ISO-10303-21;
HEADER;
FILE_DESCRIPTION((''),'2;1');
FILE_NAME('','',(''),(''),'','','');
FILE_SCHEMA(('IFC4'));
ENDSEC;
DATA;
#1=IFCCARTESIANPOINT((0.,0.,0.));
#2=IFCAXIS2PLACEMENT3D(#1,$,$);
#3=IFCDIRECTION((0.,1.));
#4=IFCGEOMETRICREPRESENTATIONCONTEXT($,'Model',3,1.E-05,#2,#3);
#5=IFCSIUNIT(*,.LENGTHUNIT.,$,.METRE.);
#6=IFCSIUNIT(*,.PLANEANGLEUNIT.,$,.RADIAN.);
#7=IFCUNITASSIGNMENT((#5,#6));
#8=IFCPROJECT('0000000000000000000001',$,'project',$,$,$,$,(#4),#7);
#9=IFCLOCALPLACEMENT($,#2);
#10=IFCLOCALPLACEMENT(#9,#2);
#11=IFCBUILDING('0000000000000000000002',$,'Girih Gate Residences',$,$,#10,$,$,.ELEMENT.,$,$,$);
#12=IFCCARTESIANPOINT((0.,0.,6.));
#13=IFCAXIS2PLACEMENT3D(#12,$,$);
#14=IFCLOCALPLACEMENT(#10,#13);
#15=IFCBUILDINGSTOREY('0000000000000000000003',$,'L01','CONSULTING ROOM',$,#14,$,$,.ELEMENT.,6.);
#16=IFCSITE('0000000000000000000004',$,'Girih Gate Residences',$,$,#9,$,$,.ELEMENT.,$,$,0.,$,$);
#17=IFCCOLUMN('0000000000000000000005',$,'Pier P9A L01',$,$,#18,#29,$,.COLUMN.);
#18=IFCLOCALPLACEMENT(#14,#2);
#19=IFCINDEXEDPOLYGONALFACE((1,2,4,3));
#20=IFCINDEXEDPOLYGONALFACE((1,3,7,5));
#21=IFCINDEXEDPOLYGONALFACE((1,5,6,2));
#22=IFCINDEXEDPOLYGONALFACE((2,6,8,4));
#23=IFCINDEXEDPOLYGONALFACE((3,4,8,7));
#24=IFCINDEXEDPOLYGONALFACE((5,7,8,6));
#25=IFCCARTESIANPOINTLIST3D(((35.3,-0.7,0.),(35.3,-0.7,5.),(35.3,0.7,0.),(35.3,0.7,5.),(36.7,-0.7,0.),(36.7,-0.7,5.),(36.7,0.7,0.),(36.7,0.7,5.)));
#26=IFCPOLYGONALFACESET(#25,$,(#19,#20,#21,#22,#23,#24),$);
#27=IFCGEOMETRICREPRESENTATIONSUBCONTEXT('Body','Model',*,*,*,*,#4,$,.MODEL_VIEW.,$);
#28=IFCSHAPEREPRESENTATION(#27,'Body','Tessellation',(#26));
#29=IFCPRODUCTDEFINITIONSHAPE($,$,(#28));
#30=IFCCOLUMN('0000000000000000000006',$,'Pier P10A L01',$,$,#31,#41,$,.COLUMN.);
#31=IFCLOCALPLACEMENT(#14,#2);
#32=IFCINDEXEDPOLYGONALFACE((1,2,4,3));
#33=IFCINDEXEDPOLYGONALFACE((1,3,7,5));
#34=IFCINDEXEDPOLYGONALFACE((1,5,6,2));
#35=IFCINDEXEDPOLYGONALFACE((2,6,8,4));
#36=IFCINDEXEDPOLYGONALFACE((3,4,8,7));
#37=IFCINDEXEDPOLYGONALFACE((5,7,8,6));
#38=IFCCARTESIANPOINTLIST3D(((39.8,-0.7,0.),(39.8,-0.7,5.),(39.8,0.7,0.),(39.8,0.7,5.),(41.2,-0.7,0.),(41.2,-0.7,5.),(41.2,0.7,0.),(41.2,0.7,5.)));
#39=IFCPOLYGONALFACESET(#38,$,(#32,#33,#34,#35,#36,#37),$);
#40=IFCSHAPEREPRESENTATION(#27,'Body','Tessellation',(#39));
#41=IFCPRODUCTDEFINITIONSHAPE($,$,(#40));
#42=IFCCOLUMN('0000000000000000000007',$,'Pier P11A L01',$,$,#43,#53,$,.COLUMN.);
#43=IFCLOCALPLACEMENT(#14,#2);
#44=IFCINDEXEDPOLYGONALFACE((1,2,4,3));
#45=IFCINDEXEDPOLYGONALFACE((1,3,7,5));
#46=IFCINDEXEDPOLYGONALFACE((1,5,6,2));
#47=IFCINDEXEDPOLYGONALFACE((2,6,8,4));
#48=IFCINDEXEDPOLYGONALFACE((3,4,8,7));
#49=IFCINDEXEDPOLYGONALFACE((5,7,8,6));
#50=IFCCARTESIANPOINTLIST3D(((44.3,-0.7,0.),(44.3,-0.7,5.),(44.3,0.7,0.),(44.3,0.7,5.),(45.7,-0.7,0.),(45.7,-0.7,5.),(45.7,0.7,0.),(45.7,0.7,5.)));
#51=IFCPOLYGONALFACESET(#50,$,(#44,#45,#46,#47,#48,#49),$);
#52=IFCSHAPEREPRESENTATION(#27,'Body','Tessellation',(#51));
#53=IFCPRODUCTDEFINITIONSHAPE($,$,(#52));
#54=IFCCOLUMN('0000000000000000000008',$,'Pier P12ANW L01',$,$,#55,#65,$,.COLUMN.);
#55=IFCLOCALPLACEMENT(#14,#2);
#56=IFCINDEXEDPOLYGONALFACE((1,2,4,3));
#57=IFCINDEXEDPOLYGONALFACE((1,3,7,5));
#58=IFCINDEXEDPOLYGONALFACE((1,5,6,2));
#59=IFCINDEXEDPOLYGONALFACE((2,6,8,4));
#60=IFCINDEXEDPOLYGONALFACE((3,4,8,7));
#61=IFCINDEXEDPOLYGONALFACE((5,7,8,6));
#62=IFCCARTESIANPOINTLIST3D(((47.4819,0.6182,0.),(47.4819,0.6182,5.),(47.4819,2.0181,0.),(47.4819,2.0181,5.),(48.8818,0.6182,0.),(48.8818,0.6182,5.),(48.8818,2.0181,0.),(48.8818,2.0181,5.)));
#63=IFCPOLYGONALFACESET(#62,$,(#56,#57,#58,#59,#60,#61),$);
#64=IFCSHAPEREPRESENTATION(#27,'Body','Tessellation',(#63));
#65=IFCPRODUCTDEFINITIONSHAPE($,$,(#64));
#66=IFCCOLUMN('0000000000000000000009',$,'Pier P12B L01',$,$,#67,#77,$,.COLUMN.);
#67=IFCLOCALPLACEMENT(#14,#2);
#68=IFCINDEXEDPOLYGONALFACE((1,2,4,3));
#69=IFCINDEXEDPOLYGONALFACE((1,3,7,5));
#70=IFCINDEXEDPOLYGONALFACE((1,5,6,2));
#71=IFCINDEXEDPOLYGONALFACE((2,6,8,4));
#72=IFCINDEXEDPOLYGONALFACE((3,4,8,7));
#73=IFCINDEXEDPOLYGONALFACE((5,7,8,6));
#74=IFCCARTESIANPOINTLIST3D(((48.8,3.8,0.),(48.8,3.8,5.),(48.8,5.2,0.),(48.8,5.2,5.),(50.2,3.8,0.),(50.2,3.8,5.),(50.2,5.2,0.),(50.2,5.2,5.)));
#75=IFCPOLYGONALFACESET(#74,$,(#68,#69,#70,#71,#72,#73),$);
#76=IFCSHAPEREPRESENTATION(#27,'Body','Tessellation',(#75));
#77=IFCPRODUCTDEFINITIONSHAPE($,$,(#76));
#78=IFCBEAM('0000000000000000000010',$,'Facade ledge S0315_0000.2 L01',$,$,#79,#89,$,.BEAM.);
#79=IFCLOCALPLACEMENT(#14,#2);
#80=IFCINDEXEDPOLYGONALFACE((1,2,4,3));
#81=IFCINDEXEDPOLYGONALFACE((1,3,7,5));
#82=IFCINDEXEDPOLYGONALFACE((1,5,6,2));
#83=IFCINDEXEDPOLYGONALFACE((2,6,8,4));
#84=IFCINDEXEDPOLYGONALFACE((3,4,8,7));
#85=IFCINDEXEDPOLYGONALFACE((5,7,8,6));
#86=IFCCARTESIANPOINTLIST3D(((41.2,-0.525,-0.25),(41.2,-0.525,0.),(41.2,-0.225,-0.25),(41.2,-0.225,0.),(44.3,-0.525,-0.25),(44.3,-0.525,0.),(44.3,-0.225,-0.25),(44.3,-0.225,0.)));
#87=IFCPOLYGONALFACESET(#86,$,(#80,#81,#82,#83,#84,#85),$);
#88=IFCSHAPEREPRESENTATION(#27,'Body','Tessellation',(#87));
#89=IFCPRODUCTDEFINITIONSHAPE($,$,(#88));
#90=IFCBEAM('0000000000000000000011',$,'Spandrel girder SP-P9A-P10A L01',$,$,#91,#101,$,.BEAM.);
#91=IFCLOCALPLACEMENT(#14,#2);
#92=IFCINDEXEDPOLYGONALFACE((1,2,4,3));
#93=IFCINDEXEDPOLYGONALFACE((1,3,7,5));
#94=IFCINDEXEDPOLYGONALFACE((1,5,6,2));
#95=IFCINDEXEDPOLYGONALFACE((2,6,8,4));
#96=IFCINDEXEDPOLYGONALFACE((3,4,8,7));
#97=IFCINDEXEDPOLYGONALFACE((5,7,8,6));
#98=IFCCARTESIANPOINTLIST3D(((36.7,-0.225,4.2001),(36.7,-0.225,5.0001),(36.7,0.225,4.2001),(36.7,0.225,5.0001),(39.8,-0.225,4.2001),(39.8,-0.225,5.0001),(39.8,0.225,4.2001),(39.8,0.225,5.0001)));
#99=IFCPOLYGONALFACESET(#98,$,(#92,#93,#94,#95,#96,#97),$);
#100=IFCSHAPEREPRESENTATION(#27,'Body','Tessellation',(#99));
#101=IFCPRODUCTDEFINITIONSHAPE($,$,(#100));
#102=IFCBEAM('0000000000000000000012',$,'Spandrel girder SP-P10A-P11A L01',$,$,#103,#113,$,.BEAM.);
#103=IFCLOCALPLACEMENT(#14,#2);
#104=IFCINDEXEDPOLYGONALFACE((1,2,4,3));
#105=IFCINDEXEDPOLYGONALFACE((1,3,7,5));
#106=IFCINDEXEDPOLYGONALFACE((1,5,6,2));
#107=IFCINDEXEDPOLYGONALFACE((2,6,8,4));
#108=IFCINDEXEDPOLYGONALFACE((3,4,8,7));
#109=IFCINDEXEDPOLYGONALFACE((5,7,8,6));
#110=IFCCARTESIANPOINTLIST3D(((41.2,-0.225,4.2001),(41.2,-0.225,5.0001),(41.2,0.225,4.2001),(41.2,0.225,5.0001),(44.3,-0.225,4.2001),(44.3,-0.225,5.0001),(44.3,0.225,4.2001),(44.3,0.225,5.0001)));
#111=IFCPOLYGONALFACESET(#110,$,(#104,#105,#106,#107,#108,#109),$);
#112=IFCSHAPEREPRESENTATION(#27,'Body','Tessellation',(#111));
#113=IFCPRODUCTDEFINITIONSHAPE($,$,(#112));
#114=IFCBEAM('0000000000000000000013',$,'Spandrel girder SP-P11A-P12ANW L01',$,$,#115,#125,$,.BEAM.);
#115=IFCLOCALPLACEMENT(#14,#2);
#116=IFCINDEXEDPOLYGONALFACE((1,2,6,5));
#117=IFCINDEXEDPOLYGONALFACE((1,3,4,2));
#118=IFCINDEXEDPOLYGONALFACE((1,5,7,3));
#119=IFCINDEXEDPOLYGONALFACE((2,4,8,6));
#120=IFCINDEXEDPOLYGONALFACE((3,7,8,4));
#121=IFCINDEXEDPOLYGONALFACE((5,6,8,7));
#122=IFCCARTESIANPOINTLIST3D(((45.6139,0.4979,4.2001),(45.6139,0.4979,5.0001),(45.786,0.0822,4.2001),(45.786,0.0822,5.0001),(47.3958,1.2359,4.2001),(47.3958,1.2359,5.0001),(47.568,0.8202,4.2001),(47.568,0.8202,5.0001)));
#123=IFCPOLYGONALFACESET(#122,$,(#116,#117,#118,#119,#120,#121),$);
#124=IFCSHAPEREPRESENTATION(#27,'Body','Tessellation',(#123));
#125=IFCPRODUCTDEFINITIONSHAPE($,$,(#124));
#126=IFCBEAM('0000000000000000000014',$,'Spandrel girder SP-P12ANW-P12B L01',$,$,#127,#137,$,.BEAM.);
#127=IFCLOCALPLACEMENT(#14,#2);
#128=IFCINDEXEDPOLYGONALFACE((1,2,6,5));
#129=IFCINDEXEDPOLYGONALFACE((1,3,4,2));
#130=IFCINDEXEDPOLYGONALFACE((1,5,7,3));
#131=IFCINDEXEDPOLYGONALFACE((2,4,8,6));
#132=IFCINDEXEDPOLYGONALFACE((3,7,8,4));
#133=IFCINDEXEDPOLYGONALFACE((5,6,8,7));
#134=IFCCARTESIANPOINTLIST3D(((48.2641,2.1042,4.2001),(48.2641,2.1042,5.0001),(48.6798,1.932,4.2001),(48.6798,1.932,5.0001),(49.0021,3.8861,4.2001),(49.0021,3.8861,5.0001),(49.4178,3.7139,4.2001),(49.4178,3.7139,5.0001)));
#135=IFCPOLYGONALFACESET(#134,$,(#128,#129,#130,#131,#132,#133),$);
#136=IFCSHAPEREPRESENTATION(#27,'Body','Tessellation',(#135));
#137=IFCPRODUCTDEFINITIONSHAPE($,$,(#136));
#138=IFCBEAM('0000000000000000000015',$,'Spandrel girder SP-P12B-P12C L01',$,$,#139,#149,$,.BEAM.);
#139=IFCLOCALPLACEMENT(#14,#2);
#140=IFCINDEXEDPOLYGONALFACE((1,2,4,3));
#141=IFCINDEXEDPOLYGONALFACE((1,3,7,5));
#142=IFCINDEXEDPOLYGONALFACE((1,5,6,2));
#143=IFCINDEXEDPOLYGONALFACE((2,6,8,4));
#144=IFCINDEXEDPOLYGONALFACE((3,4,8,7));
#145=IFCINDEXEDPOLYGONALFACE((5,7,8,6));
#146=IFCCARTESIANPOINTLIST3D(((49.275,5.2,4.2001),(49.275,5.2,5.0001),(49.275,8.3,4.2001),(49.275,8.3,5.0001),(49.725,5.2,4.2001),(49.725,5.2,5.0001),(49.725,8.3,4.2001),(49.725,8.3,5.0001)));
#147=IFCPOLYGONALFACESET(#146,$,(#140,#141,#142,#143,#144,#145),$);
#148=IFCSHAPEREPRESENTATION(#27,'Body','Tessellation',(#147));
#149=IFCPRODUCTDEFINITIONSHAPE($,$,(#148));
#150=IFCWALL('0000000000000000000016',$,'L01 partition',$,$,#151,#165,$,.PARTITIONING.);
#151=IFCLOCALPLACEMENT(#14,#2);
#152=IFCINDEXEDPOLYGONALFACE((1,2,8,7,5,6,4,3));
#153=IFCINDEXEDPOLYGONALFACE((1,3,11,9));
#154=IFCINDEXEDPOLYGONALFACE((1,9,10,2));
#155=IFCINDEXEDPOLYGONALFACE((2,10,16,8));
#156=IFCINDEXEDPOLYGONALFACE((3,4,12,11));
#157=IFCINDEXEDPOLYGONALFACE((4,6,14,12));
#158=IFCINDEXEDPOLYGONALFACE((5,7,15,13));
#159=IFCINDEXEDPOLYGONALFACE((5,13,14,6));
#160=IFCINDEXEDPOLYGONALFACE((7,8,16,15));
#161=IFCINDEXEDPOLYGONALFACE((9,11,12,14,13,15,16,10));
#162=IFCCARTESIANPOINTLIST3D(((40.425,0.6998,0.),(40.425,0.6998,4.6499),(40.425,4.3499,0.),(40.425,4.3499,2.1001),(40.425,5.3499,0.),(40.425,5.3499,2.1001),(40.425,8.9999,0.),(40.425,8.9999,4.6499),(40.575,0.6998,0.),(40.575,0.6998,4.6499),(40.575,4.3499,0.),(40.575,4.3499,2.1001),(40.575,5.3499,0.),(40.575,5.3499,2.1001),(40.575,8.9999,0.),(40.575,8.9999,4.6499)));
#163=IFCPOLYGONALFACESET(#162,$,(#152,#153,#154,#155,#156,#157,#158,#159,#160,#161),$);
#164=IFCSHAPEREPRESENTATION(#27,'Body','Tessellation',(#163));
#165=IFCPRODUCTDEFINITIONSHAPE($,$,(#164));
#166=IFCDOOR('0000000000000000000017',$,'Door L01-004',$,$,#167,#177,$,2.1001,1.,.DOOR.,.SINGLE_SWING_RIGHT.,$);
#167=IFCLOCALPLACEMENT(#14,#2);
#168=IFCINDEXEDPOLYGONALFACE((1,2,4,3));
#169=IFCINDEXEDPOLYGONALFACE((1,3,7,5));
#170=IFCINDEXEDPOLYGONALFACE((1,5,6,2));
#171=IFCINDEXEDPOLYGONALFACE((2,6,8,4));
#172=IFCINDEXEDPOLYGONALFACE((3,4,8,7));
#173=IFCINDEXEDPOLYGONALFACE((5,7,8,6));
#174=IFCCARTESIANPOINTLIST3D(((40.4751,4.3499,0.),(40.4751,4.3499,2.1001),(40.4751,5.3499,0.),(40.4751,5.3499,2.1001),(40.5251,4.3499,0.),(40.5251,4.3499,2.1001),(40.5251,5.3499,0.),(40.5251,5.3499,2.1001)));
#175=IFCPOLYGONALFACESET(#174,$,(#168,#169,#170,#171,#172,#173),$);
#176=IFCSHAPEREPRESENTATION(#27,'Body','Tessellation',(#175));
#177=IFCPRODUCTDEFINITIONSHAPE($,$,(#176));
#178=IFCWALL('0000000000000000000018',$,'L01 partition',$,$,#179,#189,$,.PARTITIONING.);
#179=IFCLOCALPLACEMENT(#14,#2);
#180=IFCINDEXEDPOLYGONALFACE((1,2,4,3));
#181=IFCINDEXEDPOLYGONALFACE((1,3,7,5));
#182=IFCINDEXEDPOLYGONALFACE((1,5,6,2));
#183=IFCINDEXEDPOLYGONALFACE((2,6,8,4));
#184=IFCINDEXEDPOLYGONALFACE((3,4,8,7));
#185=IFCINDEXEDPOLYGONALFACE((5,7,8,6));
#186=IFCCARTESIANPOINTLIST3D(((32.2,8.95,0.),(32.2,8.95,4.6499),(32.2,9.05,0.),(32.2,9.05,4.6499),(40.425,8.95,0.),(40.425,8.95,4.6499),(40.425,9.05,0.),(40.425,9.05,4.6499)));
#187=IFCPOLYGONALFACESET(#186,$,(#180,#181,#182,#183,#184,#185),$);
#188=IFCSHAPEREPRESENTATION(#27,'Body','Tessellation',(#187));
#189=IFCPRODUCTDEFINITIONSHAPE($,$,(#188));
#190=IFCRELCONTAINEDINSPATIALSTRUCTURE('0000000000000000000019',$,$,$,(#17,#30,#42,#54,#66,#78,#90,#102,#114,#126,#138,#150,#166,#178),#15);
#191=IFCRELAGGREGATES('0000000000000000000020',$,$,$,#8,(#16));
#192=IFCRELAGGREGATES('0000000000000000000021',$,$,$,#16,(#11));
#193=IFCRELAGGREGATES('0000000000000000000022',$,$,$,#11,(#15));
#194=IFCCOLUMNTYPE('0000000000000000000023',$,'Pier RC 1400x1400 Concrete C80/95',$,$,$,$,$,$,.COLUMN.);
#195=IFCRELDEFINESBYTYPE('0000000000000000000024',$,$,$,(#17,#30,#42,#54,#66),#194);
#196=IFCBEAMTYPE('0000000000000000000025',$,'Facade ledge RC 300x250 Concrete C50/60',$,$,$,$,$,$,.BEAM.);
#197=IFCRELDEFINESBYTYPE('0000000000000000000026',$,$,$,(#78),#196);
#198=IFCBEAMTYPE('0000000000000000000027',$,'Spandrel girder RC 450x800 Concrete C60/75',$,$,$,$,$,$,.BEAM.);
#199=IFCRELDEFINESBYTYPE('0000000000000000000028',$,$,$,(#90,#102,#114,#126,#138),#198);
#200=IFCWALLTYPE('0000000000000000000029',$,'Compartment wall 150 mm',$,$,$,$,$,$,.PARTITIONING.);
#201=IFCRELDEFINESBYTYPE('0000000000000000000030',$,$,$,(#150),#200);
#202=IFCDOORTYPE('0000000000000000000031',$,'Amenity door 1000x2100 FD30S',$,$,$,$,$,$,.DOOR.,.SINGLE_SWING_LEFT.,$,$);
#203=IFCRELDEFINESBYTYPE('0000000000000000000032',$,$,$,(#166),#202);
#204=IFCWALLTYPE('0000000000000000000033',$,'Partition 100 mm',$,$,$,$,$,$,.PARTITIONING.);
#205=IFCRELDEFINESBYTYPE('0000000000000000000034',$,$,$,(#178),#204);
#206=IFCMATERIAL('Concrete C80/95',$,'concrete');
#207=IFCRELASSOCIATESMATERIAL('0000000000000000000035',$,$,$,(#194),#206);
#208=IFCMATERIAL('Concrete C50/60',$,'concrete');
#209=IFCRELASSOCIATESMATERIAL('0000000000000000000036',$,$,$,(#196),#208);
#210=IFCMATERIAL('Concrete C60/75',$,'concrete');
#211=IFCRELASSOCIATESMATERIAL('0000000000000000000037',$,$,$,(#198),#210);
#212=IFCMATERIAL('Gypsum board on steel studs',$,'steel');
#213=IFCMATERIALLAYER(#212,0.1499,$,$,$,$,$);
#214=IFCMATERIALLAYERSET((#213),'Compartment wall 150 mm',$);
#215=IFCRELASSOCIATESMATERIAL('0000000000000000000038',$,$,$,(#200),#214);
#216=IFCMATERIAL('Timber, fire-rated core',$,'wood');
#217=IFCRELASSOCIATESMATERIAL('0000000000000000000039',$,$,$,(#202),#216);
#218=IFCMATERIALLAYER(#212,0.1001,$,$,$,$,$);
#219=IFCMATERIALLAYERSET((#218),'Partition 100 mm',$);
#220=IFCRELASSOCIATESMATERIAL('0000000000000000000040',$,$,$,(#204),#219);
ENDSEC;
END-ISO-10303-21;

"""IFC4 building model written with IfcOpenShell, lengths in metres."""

from ifc_helpers import new_model, si_unit, direction, frame, frame_2d, origin, origin_2d, place, context, subcontext, project, spatial, rectangle, extrude, material, layer, layer_set, material_profile, profile_set, type_object, element, fill, save


model = new_model("IFC4")

# Units and contexts
model_context = context("Model", 3, precision=1e-05, world=origin(), true_north=direction((0.0, 1.0)))
body_context = subcontext(model_context, "Body", "Model", "MODEL_VIEW")
ifc_project = project(units=[si_unit("LENGTHUNIT", "METRE"), si_unit("PLANEANGLEUNIT", "RADIAN")], contexts=[model_context])

# Site, building, storey
site_placement = place(None, origin())
site = spatial("IfcSite", under=ifc_project, at=site_placement, Name="Girih Gate Residences", CompositionType="ELEMENT", RefElevation=0.0)
building_placement = place(site_placement, origin())
building = spatial("IfcBuilding", under=site, at=building_placement, Name="Girih Gate Residences", CompositionType="ELEMENT")
storey_placement = place(building_placement, frame((0.0, 0.0, 6.0)))
storey = spatial("IfcBuildingStorey", under=building, at=storey_placement, Name="L01", Description="CONSULTING ROOM", CompositionType="ELEMENT", Elevation=6.0)

# Columns
ifc_material_1 = material(Name="Concrete C80/95", Category="concrete")
ifc_material_profile_1 = material_profile(ifc_material_1, rectangle(XDim=1.3999, YDim=1.3999, at=origin_2d()))
ifc_profile_set_1 = profile_set([ifc_material_profile_1], Name="Concrete C80/95")
column_type = type_object("IfcColumnType", Name="Pier RC 1400x1400 Concrete C80/95", PredefinedType="COLUMN", material=ifc_profile_set_1)
for number, where, z_axis, x_axis, name in (
    (1, (36.0, 0.0, 0.0), (0.0, 0.0, 1.0), (1.0, 0.0, 0.0), "Pier P9A L01"),
    (2, (40.5, 0.0, 0.0), (0.0, 0.0, 1.0), (1.0, 0.0, 0.0), "Pier P10A L01"),
    (3, (45.0, 0.0, 0.0), (0.0, 0.0, 1.0), (1.0, 0.0, 0.0), "Pier P11A L01"),
    (4, (48.1819, 1.3181, 0.0), (0.0, 0.0, 1.0), (1.0, 0.0, 0.0), "Pier P12ANW L01"),
    (5, (49.5, 4.5, 0.0), (0.0, 0.0, 1.0), (1.0, 0.0, 0.0), "Pier P12B L01"),
):
    element("IfcColumn", number, at=place(storey_placement, frame(where, z_axis=z_axis, x_axis=x_axis)), inside=storey, type_object=column_type, Name=name, PredefinedType="COLUMN", context=body_context, shape_type="SweptSolid", body=[
        extrude(rectangle(XDim=1.3999, YDim=1.3999, at=origin_2d()), origin(), (0.0, 0.0, 1.0), 5.0),
    ])

# Beams
ifc_material_2 = material(Name="Concrete C50/60", Category="concrete")
ifc_material_profile_2 = material_profile(ifc_material_2, rectangle(XDim=0.3, YDim=0.25, at=origin_2d()))
ifc_profile_set_2 = profile_set([ifc_material_profile_2], Name="Concrete C50/60")
beam_type_1 = type_object("IfcBeamType", Name="Facade ledge RC 300x250 Concrete C50/60", PredefinedType="BEAM", material=ifc_profile_set_2)
beam_1_placement = place(storey_placement, frame((41.2, -0.375, -0.125), z_axis=(1.0, 0.0, 0.0), x_axis=(0.0, 1.0, 0.0)))
element("IfcBeam", 6, at=beam_1_placement, inside=storey, type_object=beam_type_1, Name="Facade ledge S0315_0000.2 L01", PredefinedType="BEAM", context=body_context, shape_type="SweptSolid", body=[
    extrude(rectangle(XDim=0.3, YDim=0.25, at=origin_2d()), origin(), (0.0, 0.0, 1.0), 3.1001),
])
ifc_material_3 = material(Name="Concrete C60/75", Category="concrete")
ifc_material_profile_3 = material_profile(ifc_material_3, rectangle(XDim=0.45, YDim=0.8, at=origin_2d()))
ifc_profile_set_3 = profile_set([ifc_material_profile_3], Name="Concrete C60/75")
beam_type_2 = type_object("IfcBeamType", Name="Spandrel girder RC 450x800 Concrete C60/75", PredefinedType="BEAM", material=ifc_profile_set_3)
for number, where, z_axis, x_axis, name in (
    (7, (36.7, 0.0, 4.6001), (1.0, 0.0, 0.0), (0.0, 1.0, 0.0), "Spandrel girder SP-P9A-P10A L01"),
    (8, (41.2, 0.0, 4.6001), (1.0, 0.0, 0.0), (0.0, 1.0, 0.0), "Spandrel girder SP-P10A-P11A L01"),
):
    element("IfcBeam", number, at=place(storey_placement, frame(where, z_axis=z_axis, x_axis=x_axis)), inside=storey, type_object=beam_type_2, Name=name, PredefinedType="BEAM", context=body_context, shape_type="SweptSolid", body=[
        extrude(rectangle(XDim=0.45, YDim=0.8, at=origin_2d()), origin(), (0.0, 0.0, 1.0), 3.1001),
    ])
for number, where, z_axis, x_axis, name in (
    (9, (45.7, 0.29, 4.6001), (0.923895, 0.382646, 0.0), (-0.382646, 0.923895, 0.0), "Spandrel girder SP-P11A-P12ANW L01"),
    (10, (48.4719, 2.0181, 4.6001), (0.382646, 0.923895, 0.0), (-0.923895, 0.382646, 0.0), "Spandrel girder SP-P12ANW-P12B L01"),
):
    element("IfcBeam", number, at=place(storey_placement, frame(where, z_axis=z_axis, x_axis=x_axis)), inside=storey, type_object=beam_type_2, Name=name, PredefinedType="BEAM", context=body_context, shape_type="SweptSolid", body=[
        extrude(rectangle(XDim=0.45, YDim=0.8, at=origin_2d()), origin(), (0.0, 0.0, 1.0), 1.9287),
    ])
beam_2_placement = place(storey_placement, frame((49.5, 5.2, 4.6001), z_axis=(0.0, 1.0, 0.0), x_axis=(-1.0, 0.0, 0.0)))
element("IfcBeam", 11, at=beam_2_placement, inside=storey, type_object=beam_type_2, Name="Spandrel girder SP-P12B-P12C L01", PredefinedType="BEAM", context=body_context, shape_type="SweptSolid", body=[
    extrude(rectangle(XDim=0.45, YDim=0.8, at=origin_2d()), origin(), (0.0, 0.0, 1.0), 3.1001),
])

# Wall, opening, door
ifc_material_4 = material(Name="Gypsum board on steel studs", Category="steel")
ifc_layer_1 = layer(ifc_material_4, 0.1499)
ifc_layer_set_1 = layer_set([ifc_layer_1], Name="Compartment wall 150 mm")
wall_type_1 = type_object("IfcWallType", Name="Compartment wall 150 mm", PredefinedType="PARTITIONING", material=ifc_layer_set_1)
wall_1_placement = place(storey_placement, frame((40.5, 0.7, 0.0), z_axis=(0.0, 0.0, 1.0), x_axis=(0.0, 1.0, 0.0)))
wall_1 = element("IfcWall", 12, at=wall_1_placement, inside=storey, type_object=wall_type_1, Name="L01 partition", PredefinedType="PARTITIONING", context=body_context, shape_type="SweptSolid", body=[
    extrude(rectangle(XDim=8.3, YDim=0.1499, at=frame_2d((4.1499, 0.0))), origin(), (0.0, 0.0, 1.0), 4.6499),
])
opening_1_placement = place(wall_1_placement, frame((3.6499, 0.0, 0.0)))
opening_1 = element("IfcOpeningElement", 13, at=opening_1_placement, cuts=wall_1, PredefinedType="OPENING", context=body_context, shape_type="SweptSolid", body=[
    extrude(rectangle(XDim=1.0, YDim=2.1001, at=frame_2d((0.5, 1.05))), frame((0.0, 0.085, 0.0), z_axis=(0.0, -1.0, 0.0), x_axis=(1.0, 0.0, 0.0)), (0.0, 0.0, 1.0), 0.1699),
])
ifc_material_5 = material(Name="Timber, fire-rated core", Category="wood")
door_type = type_object("IfcDoorType", Name="Amenity door 1000x2100 FD30S", OperationType="SINGLE_SWING_LEFT", PredefinedType="DOOR", material=ifc_material_5)
door_placement = place(opening_1_placement, origin())
door = element("IfcDoor", 14, at=door_placement, inside=storey, type_object=door_type, Name="Door L01-004", OperationType="SINGLE_SWING_RIGHT", OverallHeight=2.1001, OverallWidth=1.0, PredefinedType="DOOR", context=body_context, shape_type="SweptSolid", body=[
    extrude(rectangle(XDim=1.0, YDim=2.1001, at=frame_2d((0.5, 1.05))), frame((0.0, 0.0249, 0.0), z_axis=(0.0, -1.0, 0.0), x_axis=(1.0, 0.0, 0.0)), (0.0, 0.0, 1.0), 0.05),
])
fill(opening_1, door)

# Wall
ifc_layer_2 = layer(ifc_material_4, 0.1001)
ifc_layer_set_2 = layer_set([ifc_layer_2], Name="Partition 100 mm")
wall_type_2 = type_object("IfcWallType", Name="Partition 100 mm", PredefinedType="PARTITIONING", material=ifc_layer_set_2)
wall_2_placement = place(storey_placement, frame((32.2, 9.0, 0.0), z_axis=(0.0, 0.0, 1.0), x_axis=(1.0, 0.0, 0.0)))
element("IfcWall", 15, at=wall_2_placement, inside=storey, type_object=wall_type_2, Name="L01 partition", PredefinedType="PARTITIONING", context=body_context, shape_type="SweptSolid", body=[
    extrude(rectangle(XDim=8.2251, YDim=0.1001, at=frame_2d((4.1125, 0.0))), origin(), (0.0, 0.0, 1.0), 4.6499),
])

save(model, "model.ifc")
